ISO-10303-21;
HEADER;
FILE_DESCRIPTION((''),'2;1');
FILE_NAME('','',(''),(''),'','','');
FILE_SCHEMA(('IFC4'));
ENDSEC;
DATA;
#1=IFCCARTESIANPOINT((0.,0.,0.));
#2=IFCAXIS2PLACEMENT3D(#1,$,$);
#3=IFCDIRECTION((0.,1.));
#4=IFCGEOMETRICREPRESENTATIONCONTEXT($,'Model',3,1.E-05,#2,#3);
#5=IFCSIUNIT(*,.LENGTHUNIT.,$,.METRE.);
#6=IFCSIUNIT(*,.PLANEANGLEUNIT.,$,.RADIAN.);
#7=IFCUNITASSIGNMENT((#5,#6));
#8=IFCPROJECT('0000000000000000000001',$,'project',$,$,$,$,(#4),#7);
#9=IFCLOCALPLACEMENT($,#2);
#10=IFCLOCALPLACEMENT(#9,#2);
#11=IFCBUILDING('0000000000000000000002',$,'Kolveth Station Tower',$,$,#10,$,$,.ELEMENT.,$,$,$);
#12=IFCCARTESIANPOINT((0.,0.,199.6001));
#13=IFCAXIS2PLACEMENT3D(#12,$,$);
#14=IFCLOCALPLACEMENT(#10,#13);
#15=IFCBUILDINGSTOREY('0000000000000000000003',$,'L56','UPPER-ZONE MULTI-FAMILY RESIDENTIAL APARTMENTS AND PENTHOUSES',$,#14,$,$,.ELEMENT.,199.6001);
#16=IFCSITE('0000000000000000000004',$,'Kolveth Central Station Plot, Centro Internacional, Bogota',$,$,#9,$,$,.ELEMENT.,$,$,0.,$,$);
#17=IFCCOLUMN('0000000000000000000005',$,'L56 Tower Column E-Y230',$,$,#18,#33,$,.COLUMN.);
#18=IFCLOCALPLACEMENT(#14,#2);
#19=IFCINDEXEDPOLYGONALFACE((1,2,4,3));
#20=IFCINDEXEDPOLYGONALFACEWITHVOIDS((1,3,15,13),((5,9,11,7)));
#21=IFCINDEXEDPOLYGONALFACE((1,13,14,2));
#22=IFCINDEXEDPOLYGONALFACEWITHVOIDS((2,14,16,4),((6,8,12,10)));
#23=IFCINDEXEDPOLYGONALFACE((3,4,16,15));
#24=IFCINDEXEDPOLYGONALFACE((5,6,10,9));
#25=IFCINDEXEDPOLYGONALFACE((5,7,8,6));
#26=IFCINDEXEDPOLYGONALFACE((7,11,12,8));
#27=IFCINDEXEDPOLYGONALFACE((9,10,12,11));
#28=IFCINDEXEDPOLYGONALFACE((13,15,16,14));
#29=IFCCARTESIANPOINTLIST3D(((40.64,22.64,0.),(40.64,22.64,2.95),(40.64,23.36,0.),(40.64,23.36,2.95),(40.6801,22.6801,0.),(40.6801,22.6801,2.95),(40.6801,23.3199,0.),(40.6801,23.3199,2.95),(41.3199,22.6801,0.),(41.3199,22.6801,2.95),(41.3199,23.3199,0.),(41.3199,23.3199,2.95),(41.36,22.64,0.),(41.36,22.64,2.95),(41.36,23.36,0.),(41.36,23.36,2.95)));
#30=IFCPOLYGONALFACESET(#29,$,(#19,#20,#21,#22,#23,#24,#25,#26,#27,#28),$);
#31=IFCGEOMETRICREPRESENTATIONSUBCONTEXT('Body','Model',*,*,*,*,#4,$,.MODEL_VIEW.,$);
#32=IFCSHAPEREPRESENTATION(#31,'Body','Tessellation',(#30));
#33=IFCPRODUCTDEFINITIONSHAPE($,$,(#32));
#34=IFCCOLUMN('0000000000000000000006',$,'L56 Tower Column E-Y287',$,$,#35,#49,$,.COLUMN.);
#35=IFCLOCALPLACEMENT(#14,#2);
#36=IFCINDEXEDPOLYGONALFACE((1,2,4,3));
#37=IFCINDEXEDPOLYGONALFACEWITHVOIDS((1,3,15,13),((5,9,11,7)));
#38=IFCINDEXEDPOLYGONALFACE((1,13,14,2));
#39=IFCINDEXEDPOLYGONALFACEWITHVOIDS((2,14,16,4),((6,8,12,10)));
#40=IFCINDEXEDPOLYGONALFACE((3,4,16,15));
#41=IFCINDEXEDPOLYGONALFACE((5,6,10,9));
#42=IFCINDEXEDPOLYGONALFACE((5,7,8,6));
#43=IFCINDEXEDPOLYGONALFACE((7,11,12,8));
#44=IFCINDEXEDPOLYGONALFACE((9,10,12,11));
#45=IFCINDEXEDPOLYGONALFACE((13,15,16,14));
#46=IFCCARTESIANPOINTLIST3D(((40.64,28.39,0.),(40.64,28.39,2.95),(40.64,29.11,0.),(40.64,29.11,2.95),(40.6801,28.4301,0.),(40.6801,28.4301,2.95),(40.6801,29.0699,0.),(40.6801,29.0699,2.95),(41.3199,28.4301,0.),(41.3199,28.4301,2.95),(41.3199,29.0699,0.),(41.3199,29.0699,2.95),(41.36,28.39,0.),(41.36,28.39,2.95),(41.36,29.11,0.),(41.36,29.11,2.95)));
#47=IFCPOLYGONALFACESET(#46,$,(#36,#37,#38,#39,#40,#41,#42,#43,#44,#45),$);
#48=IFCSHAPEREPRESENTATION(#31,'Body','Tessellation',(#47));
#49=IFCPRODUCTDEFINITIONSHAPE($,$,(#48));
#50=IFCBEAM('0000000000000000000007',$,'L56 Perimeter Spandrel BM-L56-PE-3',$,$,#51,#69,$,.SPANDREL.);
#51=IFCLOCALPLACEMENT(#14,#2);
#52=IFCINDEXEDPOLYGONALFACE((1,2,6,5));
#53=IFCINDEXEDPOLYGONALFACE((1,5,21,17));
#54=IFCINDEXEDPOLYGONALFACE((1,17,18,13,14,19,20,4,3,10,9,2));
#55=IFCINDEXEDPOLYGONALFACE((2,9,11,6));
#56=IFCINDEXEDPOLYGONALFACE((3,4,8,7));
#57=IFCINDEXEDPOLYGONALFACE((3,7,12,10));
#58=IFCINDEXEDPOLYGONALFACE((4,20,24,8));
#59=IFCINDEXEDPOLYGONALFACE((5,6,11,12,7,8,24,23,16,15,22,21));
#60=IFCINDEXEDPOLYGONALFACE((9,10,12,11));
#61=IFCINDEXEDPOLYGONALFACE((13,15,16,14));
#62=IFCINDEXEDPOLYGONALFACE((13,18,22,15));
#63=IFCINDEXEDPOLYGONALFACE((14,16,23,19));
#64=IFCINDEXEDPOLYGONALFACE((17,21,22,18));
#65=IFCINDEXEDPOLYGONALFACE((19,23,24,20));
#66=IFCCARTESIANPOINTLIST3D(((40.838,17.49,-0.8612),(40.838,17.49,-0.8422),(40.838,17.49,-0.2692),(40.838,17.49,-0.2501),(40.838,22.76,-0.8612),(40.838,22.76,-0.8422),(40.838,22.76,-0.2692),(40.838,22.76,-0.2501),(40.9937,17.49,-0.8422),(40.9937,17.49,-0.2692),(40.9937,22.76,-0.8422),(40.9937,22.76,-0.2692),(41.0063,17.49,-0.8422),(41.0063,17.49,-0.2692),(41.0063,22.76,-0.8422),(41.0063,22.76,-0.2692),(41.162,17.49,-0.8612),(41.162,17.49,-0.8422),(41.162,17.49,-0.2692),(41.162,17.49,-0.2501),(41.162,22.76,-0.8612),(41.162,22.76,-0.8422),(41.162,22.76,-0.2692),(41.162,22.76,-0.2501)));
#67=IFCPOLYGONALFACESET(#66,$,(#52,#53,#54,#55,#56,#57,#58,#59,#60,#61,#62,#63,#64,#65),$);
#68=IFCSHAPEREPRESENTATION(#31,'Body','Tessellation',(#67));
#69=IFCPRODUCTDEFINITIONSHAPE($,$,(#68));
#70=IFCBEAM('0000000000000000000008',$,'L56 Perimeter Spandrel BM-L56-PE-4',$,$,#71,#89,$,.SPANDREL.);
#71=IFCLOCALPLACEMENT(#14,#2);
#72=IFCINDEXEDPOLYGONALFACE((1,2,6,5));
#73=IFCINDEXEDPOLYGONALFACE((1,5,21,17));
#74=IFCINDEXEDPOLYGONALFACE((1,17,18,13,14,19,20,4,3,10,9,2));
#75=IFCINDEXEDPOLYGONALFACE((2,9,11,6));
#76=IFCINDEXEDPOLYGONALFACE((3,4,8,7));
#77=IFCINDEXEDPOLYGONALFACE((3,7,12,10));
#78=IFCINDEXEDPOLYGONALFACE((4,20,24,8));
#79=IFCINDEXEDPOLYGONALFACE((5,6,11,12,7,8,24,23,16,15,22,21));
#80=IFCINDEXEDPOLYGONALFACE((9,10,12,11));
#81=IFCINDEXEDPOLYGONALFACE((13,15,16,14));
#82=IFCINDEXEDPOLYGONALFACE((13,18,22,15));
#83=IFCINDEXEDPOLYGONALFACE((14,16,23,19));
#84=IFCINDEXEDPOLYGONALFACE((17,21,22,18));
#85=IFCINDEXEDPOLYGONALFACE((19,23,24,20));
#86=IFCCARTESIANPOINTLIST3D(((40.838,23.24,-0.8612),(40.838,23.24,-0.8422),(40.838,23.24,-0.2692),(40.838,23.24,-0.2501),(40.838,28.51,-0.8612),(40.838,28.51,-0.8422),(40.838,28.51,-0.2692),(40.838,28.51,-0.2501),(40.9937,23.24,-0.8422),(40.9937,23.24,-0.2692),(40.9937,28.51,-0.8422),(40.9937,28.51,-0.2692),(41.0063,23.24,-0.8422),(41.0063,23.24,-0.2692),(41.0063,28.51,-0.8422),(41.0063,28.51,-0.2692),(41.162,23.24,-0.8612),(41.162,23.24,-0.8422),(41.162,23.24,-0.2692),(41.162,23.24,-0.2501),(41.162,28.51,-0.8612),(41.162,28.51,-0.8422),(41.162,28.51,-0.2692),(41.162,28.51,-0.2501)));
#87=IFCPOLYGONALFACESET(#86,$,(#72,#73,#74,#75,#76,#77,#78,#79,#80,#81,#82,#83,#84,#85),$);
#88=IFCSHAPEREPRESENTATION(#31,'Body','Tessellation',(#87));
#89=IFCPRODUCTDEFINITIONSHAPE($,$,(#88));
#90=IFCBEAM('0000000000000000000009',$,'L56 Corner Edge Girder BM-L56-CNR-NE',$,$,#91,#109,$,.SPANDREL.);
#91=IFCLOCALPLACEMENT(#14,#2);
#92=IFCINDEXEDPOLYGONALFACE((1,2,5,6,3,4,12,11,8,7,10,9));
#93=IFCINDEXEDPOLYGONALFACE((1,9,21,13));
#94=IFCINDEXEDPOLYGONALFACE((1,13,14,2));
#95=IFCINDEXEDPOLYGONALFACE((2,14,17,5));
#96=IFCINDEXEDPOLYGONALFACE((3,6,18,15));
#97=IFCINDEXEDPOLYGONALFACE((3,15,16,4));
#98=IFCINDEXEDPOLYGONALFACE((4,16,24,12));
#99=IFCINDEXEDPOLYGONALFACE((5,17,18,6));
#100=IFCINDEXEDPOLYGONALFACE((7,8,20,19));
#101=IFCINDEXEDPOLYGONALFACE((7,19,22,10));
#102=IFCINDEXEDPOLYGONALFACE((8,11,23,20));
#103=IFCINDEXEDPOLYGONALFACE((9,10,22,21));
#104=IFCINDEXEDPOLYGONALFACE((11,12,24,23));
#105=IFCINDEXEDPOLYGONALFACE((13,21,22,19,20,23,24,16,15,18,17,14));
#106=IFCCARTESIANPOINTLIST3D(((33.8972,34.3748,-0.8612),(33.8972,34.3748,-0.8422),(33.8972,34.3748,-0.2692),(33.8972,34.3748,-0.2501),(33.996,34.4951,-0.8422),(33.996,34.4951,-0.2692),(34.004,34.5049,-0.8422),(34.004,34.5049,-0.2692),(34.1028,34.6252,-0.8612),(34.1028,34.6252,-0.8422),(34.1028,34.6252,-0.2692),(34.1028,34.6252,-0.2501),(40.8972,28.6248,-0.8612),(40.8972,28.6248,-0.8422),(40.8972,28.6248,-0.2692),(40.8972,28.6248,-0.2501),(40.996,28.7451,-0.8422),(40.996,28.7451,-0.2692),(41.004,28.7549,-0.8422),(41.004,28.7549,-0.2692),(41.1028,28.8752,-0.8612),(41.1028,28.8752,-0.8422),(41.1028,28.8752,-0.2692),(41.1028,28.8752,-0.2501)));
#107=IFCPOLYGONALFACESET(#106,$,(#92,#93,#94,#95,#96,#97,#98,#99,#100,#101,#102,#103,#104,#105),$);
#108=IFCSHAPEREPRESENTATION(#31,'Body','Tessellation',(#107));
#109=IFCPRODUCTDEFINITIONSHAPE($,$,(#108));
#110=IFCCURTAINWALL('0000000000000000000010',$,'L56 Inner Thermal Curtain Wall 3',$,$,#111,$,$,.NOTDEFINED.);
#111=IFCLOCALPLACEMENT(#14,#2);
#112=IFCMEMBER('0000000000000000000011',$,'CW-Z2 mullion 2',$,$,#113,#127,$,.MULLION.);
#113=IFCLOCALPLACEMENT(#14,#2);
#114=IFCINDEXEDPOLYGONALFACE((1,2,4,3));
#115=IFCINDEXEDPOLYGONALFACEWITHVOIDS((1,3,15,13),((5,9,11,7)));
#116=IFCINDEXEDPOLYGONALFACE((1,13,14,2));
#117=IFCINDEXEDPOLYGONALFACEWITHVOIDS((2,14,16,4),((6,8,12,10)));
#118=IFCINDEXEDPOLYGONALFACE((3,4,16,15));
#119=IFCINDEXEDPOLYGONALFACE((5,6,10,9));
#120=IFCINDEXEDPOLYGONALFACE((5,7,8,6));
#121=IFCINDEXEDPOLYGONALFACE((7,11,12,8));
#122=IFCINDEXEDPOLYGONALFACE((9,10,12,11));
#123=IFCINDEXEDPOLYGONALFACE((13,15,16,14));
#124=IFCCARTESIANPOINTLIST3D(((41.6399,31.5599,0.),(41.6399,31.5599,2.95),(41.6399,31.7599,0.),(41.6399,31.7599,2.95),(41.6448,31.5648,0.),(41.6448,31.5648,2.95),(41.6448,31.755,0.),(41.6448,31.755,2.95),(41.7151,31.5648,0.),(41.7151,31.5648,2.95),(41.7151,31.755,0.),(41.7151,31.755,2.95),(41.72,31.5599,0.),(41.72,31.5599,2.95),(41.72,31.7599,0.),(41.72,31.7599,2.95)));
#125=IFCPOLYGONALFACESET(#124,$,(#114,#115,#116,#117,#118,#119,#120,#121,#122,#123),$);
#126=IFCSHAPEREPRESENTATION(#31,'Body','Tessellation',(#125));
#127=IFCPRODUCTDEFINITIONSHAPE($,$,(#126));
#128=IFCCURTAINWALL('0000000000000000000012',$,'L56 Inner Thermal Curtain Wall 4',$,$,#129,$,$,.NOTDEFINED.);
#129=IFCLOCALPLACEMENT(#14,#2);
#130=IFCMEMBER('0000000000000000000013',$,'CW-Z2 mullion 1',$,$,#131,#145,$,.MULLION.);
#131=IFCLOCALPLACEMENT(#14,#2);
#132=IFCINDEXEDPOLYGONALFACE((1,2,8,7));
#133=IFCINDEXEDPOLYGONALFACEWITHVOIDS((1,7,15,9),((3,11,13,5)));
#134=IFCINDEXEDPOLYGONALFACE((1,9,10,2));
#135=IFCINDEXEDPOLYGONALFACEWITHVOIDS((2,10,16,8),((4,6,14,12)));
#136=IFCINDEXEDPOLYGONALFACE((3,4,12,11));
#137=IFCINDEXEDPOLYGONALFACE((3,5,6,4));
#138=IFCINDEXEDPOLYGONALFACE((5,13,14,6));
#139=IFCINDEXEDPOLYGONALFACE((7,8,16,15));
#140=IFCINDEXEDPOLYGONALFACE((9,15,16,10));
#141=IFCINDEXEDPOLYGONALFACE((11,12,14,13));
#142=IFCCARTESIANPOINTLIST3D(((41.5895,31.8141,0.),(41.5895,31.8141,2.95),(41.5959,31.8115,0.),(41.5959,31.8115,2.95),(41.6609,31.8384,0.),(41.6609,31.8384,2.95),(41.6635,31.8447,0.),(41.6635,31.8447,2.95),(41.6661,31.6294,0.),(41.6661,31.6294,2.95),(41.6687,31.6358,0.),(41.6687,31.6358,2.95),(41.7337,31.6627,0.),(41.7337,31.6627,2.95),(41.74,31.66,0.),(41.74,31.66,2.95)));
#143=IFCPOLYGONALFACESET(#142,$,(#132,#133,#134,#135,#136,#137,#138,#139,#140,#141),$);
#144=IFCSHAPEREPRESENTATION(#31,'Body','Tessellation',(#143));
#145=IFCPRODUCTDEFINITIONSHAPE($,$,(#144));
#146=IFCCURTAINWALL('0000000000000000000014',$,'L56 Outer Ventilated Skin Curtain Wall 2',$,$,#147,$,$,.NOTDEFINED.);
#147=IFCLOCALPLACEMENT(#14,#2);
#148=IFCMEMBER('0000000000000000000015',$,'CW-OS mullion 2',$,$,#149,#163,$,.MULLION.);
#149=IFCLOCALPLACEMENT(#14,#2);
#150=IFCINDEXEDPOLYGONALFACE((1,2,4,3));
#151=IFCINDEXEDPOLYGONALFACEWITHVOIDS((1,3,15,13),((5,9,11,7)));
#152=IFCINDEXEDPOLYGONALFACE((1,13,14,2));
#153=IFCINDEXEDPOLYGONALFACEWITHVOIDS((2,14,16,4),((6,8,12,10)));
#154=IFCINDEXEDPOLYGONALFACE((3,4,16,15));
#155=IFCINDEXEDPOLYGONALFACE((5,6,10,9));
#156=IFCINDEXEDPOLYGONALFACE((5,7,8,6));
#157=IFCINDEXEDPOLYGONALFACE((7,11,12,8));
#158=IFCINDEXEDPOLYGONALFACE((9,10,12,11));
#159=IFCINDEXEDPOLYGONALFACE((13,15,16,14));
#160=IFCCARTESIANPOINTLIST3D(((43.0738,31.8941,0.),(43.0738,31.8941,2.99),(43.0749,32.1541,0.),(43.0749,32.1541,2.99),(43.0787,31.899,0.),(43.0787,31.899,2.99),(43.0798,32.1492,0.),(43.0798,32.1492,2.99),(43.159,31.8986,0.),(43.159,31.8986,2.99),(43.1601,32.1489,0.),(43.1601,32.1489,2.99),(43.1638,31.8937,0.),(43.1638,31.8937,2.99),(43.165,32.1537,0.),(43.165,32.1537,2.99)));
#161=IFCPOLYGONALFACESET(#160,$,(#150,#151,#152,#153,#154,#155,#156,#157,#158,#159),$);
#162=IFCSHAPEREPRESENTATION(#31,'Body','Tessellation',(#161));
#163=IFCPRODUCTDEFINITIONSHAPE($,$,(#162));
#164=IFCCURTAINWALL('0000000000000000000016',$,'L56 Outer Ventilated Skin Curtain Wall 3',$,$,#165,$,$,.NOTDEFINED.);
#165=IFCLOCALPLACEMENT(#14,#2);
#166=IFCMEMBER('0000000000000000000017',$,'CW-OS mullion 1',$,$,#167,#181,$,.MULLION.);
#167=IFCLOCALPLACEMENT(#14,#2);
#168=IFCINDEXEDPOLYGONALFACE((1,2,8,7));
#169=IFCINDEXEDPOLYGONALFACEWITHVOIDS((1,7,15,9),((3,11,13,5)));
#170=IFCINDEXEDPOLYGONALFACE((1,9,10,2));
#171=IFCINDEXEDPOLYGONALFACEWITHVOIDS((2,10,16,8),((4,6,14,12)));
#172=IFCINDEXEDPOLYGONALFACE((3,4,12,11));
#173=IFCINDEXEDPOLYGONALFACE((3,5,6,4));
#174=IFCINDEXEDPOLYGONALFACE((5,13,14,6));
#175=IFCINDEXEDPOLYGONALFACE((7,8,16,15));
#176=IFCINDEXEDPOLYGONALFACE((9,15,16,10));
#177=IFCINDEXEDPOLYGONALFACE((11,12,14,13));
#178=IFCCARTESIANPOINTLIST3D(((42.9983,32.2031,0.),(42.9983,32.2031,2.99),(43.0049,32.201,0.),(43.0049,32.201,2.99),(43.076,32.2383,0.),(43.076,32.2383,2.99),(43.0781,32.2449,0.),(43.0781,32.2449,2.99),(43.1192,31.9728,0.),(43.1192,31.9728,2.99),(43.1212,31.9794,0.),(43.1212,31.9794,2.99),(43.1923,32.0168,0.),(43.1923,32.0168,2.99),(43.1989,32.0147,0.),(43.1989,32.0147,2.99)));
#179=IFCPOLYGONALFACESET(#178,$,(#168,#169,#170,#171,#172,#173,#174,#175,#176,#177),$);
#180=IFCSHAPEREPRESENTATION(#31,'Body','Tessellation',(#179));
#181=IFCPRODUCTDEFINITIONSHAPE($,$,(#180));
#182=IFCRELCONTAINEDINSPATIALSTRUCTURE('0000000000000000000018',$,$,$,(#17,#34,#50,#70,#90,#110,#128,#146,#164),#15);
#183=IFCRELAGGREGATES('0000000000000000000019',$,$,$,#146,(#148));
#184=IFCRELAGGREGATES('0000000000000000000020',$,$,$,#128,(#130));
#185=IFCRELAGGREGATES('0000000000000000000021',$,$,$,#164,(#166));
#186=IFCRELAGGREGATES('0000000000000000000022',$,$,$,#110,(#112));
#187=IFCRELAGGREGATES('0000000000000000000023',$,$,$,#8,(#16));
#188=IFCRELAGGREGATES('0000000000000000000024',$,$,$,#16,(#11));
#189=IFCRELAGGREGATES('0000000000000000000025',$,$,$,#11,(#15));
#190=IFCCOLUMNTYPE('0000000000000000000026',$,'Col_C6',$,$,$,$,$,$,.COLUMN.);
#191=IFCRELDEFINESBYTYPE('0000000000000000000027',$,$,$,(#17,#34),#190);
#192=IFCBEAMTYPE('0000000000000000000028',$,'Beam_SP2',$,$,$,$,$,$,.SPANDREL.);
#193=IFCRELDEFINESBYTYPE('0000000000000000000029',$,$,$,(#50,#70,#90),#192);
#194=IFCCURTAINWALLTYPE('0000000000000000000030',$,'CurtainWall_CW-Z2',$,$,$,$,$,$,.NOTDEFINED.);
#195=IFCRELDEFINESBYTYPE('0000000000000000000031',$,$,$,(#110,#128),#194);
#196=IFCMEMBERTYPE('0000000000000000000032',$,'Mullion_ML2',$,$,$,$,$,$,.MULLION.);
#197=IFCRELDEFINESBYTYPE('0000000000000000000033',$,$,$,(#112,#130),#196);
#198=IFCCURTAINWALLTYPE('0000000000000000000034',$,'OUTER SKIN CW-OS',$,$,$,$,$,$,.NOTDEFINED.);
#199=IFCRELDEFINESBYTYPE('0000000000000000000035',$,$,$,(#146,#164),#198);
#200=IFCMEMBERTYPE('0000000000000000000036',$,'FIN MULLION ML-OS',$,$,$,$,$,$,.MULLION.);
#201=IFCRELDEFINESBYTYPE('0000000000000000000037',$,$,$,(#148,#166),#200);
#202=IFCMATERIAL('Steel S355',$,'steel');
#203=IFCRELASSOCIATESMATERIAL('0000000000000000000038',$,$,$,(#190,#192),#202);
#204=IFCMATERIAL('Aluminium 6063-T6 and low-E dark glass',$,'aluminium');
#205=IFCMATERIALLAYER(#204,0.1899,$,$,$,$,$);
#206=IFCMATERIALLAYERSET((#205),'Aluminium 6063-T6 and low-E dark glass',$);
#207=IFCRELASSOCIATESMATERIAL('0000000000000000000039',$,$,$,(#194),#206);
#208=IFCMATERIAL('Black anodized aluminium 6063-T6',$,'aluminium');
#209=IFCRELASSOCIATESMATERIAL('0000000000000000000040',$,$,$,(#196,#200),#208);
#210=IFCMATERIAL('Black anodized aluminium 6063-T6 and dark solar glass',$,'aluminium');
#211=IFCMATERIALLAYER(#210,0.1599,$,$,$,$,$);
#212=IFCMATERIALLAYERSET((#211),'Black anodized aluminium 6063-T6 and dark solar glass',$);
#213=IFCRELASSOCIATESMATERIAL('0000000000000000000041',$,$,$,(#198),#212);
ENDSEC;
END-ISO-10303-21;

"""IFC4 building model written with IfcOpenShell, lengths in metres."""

from ifc_helpers import new_model, si_unit, direction, frame, origin, origin_2d, place, context, subcontext, project, spatial, hollow_rectangle, i_section, extrude, source, transform, mapped, material, layer, layer_set, material_profile, profile_set, type_object, element, aggregate, save


model = new_model("IFC4")

# Units and contexts
model_context = context("Model", 3, precision=1e-05, world=origin(), true_north=direction((0.0, 1.0)))
body_context = subcontext(model_context, "Body", "Model", "MODEL_VIEW")
ifc_project = project(units=[si_unit("LENGTHUNIT", "METRE"), si_unit("PLANEANGLEUNIT", "RADIAN")], contexts=[model_context])

# Site, building, storey
site_placement = place(None, origin())
site = spatial("IfcSite", under=ifc_project, at=site_placement, Name="Kolveth Central Station Plot, Centro Internacional, Bogota", CompositionType="ELEMENT", RefElevation=0.0)
building_placement = place(site_placement, origin())
building = spatial("IfcBuilding", under=site, at=building_placement, Name="Kolveth Station Tower", CompositionType="ELEMENT")
storey_placement = place(building_placement, frame((0.0, 0.0, 199.6001)))
storey = spatial("IfcBuildingStorey", under=building, at=storey_placement, Name="L56", Description="UPPER-ZONE MULTI-FAMILY RESIDENTIAL APARTMENTS AND PENTHOUSES", CompositionType="ELEMENT", Elevation=199.6001)

# Columns
ifc_material_1 = material(Name="Steel S355", Category="steel")
ifc_material_profile_1 = material_profile(ifc_material_1, hollow_rectangle(XDim=0.72, YDim=0.72, WallThickness=0.04, at=origin_2d()), Name="BOX720x720x40")
ifc_profile_set_1 = profile_set([ifc_material_profile_1], Name="Steel S355")
column_type = type_object("IfcColumnType", Name="Col_C6", PredefinedType="COLUMN", material=ifc_profile_set_1)
shared_shape_1 = source(origin(), body_context, "Body", "SweptSolid", [
    extrude(hollow_rectangle(XDim=0.72, YDim=0.72, WallThickness=0.04, at=origin_2d()), origin(), (0.0, 0.0, 1.0), 2.95),
])
for number, where, z_axis, x_axis, name in (
    (1, (41.0, 23.0, 0.0), (0.0, 0.0, 1.0), (1.0, 0.0, 0.0), "L56 Tower Column E-Y230"),
    (2, (41.0, 28.75, 0.0), (0.0, 0.0, 1.0), (1.0, 0.0, 0.0), "L56 Tower Column E-Y287"),
):
    element("IfcColumn", number, at=place(storey_placement, frame(where, z_axis=z_axis, x_axis=x_axis)), inside=storey, type_object=column_type, Name=name, PredefinedType="COLUMN", context=body_context, shape_type="MappedRepresentation", body=[
        mapped(shared_shape_1, transform((0.0, 0.0, 0.0), x_axis=(1.0, 0.0, 0.0), y_axis=(0.0, 1.0, 0.0), z_axis=(0.0, 0.0, 1.0), scale=1.0)),
    ])

# Beams
ifc_material_profile_2 = material_profile(ifc_material_1, i_section(OverallWidth=0.324, OverallDepth=0.6111, WebThickness=0.0127, FlangeThickness=0.019, at=origin_2d()), Name="W610x155")
ifc_profile_set_2 = profile_set([ifc_material_profile_2], Name="Steel S355")
beam_type = type_object("IfcBeamType", Name="Beam_SP2", PredefinedType="SPANDREL", material=ifc_profile_set_2)
shared_shape_2 = source(origin(), body_context, "Body", "SweptSolid", [
    extrude(i_section(OverallWidth=0.324, OverallDepth=0.6111, WebThickness=0.0127, FlangeThickness=0.019, at=origin_2d()), origin(), (0.0, 0.0, 1.0), 5.27),
])
for number, where, z_axis, x_axis, name in (
    (3, (41.0, 17.49, -0.5557), (0.0, 1.0, 0.0), (-1.0, 0.0, 0.0), "L56 Perimeter Spandrel BM-L56-PE-3"),
    (4, (41.0, 23.24, -0.5557), (0.0, 1.0, 0.0), (-1.0, 0.0, 0.0), "L56 Perimeter Spandrel BM-L56-PE-4"),
):
    element("IfcBeam", number, at=place(storey_placement, frame(where, z_axis=z_axis, x_axis=x_axis)), inside=storey, type_object=beam_type, Name=name, PredefinedType="SPANDREL", context=body_context, shape_type="MappedRepresentation", body=[
        mapped(shared_shape_2, transform((0.0, 0.0, 0.0), x_axis=(1.0, 0.0, 0.0), y_axis=(0.0, 1.0, 0.0), z_axis=(0.0, 0.0, 1.0), scale=1.0)),
    ])
shared_shape_3 = source(origin(), body_context, "Body", "SweptSolid", [
    extrude(i_section(OverallWidth=0.324, OverallDepth=0.6111, WebThickness=0.0127, FlangeThickness=0.019, at=origin_2d()), origin(), (0.0, 0.0, 1.0), 9.0588),
])
beam_placement = place(storey_placement, frame((41.0, 28.75, -0.5557), z_axis=(-0.772726, 0.634739, 0.0), x_axis=(-0.634739, -0.772726, 0.0)))
element("IfcBeam", 5, at=beam_placement, inside=storey, type_object=beam_type, Name="L56 Corner Edge Girder BM-L56-CNR-NE", PredefinedType="SPANDREL", context=body_context, shape_type="MappedRepresentation", body=[
    mapped(shared_shape_3, transform((0.0, 0.0, 0.0), x_axis=(1.0, 0.0, 0.0), y_axis=(0.0, 1.0, 0.0), z_axis=(0.0, 0.0, 1.0), scale=1.0)),
])

# Curtain walls, members
ifc_material_2 = material(Name="Aluminium 6063-T6 and low-E dark glass", Category="aluminium")
ifc_layer_1 = layer(ifc_material_2, 0.1899)
ifc_layer_set_1 = layer_set([ifc_layer_1], Name="Aluminium 6063-T6 and low-E dark glass")
curtain_wall_type_1 = type_object("IfcCurtainWallType", Name="CurtainWall_CW-Z2", PredefinedType="NOTDEFINED", material=ifc_layer_set_1)
curtain_wall_1_placement = place(storey_placement, origin())
curtain_wall_1 = element("IfcCurtainWall", 6, at=curtain_wall_1_placement, inside=storey, type_object=curtain_wall_type_1, Name="L56 Inner Thermal Curtain Wall 3", PredefinedType="NOTDEFINED")
ifc_material_3 = material(Name="Black anodized aluminium 6063-T6", Category="aluminium")
ifc_material_profile_3 = material_profile(ifc_material_3, hollow_rectangle(XDim=0.0801, YDim=0.2, WallThickness=0.0049, at=origin_2d()), Name="ALU-80x200x5")
ifc_profile_set_3 = profile_set([ifc_material_profile_3], Name="Black anodized aluminium 6063-T6")
member_type_1 = type_object("IfcMemberType", Name="Mullion_ML2", PredefinedType="MULLION", material=ifc_profile_set_3)
shared_shape_4 = source(origin(), body_context, "Body", "SweptSolid", [
    extrude(hollow_rectangle(XDim=0.0801, YDim=0.2, WallThickness=0.0049, at=origin_2d()), origin(), (0.0, 0.0, 1.0), 2.95),
])
member_1_placement = place(storey_placement, frame((41.6799, 31.6599, 0.0), z_axis=(0.0, 0.0, 1.0), x_axis=(-1.0, 0.0, 0.0)))
member_1 = element("IfcMember", 7, at=member_1_placement, type_object=member_type_1, Name="CW-Z2 mullion 2", PredefinedType="MULLION", context=body_context, shape_type="MappedRepresentation", body=[
    mapped(shared_shape_4, transform((0.0, 0.0, 0.0), x_axis=(1.0, 0.0, 0.0), y_axis=(0.0, 1.0, 0.0), z_axis=(0.0, 0.0, 1.0), scale=1.0)),
])
curtain_wall_2_placement = place(storey_placement, origin())
curtain_wall_2 = element("IfcCurtainWall", 8, at=curtain_wall_2_placement, inside=storey, type_object=curtain_wall_type_1, Name="L56 Inner Thermal Curtain Wall 4", PredefinedType="NOTDEFINED")
member_2_placement = place(storey_placement, frame((41.6648, 31.7371, 0.0), z_axis=(0.0, 0.0, 1.0), x_axis=(-0.923874, -0.382698, 0.0)))
member_2 = element("IfcMember", 9, at=member_2_placement, type_object=member_type_1, Name="CW-Z2 mullion 1", PredefinedType="MULLION", context=body_context, shape_type="MappedRepresentation", body=[
    mapped(shared_shape_4, transform((0.0, 0.0, 0.0), x_axis=(1.0, 0.0, 0.0), y_axis=(0.0, 1.0, 0.0), z_axis=(0.0, 0.0, 1.0), scale=1.0)),
])
ifc_material_4 = material(Name="Black anodized aluminium 6063-T6 and dark solar glass", Category="aluminium")
ifc_layer_2 = layer(ifc_material_4, 0.1599)
ifc_layer_set_2 = layer_set([ifc_layer_2], Name="Black anodized aluminium 6063-T6 and dark solar glass")
curtain_wall_type_2 = type_object("IfcCurtainWallType", Name="OUTER SKIN CW-OS", PredefinedType="NOTDEFINED", material=ifc_layer_set_2)
curtain_wall_3_placement = place(storey_placement, origin())
curtain_wall_3 = element("IfcCurtainWall", 10, at=curtain_wall_3_placement, inside=storey, type_object=curtain_wall_type_2, Name="L56 Outer Ventilated Skin Curtain Wall 2", PredefinedType="NOTDEFINED")
ifc_material_profile_4 = material_profile(ifc_material_3, hollow_rectangle(XDim=0.0901, YDim=0.26, WallThickness=0.0049, at=origin_2d()), Name="ALU-90x260x5")
ifc_profile_set_4 = profile_set([ifc_material_profile_4], Name="Black anodized aluminium 6063-T6")
member_type_2 = type_object("IfcMemberType", Name="FIN MULLION ML-OS", PredefinedType="MULLION", material=ifc_profile_set_4)
shared_shape_5 = source(origin(), body_context, "Body", "SweptSolid", [
    extrude(hollow_rectangle(XDim=0.0901, YDim=0.26, WallThickness=0.0049, at=origin_2d()), origin(), (0.0, 0.0, 1.0), 2.99),
])
member_3_placement = place(storey_placement, frame((43.1194, 32.0239, 0.0), z_axis=(0.0, 0.0, 1.0), x_axis=(-0.99999, 0.004518, 0.0)))
member_3 = element("IfcMember", 11, at=member_3_placement, type_object=member_type_2, Name="CW-OS mullion 2", PredefinedType="MULLION", context=body_context, shape_type="MappedRepresentation", body=[
    mapped(shared_shape_5, transform((0.0, 0.0, 0.0), x_axis=(1.0, 0.0, 0.0), y_axis=(0.0, 1.0, 0.0), z_axis=(0.0, 0.0, 1.0), scale=1.0)),
])
aggregate(curtain_wall_3, [member_3])
curtain_wall_4_placement = place(storey_placement, origin())
curtain_wall_4 = element("IfcCurtainWall", 12, at=curtain_wall_4_placement, inside=storey, type_object=curtain_wall_type_2, Name="L56 Outer Ventilated Skin Curtain Wall 3", PredefinedType="NOTDEFINED")
member_4_placement = place(storey_placement, frame((43.0986, 32.1089, 0.0), z_axis=(0.0, 0.0, 1.0), x_axis=(-0.885457, -0.464722, 0.0)))
member_4 = element("IfcMember", 13, at=member_4_placement, type_object=member_type_2, Name="CW-OS mullion 1", PredefinedType="MULLION", context=body_context, shape_type="MappedRepresentation", body=[
    mapped(shared_shape_5, transform((0.0, 0.0, 0.0), x_axis=(1.0, 0.0, 0.0), y_axis=(0.0, 1.0, 0.0), z_axis=(0.0, 0.0, 1.0), scale=1.0)),
])

aggregate(curtain_wall_2, [member_2])
aggregate(curtain_wall_4, [member_4])

aggregate(curtain_wall_1, [member_1])

save(model, "model.ifc")
